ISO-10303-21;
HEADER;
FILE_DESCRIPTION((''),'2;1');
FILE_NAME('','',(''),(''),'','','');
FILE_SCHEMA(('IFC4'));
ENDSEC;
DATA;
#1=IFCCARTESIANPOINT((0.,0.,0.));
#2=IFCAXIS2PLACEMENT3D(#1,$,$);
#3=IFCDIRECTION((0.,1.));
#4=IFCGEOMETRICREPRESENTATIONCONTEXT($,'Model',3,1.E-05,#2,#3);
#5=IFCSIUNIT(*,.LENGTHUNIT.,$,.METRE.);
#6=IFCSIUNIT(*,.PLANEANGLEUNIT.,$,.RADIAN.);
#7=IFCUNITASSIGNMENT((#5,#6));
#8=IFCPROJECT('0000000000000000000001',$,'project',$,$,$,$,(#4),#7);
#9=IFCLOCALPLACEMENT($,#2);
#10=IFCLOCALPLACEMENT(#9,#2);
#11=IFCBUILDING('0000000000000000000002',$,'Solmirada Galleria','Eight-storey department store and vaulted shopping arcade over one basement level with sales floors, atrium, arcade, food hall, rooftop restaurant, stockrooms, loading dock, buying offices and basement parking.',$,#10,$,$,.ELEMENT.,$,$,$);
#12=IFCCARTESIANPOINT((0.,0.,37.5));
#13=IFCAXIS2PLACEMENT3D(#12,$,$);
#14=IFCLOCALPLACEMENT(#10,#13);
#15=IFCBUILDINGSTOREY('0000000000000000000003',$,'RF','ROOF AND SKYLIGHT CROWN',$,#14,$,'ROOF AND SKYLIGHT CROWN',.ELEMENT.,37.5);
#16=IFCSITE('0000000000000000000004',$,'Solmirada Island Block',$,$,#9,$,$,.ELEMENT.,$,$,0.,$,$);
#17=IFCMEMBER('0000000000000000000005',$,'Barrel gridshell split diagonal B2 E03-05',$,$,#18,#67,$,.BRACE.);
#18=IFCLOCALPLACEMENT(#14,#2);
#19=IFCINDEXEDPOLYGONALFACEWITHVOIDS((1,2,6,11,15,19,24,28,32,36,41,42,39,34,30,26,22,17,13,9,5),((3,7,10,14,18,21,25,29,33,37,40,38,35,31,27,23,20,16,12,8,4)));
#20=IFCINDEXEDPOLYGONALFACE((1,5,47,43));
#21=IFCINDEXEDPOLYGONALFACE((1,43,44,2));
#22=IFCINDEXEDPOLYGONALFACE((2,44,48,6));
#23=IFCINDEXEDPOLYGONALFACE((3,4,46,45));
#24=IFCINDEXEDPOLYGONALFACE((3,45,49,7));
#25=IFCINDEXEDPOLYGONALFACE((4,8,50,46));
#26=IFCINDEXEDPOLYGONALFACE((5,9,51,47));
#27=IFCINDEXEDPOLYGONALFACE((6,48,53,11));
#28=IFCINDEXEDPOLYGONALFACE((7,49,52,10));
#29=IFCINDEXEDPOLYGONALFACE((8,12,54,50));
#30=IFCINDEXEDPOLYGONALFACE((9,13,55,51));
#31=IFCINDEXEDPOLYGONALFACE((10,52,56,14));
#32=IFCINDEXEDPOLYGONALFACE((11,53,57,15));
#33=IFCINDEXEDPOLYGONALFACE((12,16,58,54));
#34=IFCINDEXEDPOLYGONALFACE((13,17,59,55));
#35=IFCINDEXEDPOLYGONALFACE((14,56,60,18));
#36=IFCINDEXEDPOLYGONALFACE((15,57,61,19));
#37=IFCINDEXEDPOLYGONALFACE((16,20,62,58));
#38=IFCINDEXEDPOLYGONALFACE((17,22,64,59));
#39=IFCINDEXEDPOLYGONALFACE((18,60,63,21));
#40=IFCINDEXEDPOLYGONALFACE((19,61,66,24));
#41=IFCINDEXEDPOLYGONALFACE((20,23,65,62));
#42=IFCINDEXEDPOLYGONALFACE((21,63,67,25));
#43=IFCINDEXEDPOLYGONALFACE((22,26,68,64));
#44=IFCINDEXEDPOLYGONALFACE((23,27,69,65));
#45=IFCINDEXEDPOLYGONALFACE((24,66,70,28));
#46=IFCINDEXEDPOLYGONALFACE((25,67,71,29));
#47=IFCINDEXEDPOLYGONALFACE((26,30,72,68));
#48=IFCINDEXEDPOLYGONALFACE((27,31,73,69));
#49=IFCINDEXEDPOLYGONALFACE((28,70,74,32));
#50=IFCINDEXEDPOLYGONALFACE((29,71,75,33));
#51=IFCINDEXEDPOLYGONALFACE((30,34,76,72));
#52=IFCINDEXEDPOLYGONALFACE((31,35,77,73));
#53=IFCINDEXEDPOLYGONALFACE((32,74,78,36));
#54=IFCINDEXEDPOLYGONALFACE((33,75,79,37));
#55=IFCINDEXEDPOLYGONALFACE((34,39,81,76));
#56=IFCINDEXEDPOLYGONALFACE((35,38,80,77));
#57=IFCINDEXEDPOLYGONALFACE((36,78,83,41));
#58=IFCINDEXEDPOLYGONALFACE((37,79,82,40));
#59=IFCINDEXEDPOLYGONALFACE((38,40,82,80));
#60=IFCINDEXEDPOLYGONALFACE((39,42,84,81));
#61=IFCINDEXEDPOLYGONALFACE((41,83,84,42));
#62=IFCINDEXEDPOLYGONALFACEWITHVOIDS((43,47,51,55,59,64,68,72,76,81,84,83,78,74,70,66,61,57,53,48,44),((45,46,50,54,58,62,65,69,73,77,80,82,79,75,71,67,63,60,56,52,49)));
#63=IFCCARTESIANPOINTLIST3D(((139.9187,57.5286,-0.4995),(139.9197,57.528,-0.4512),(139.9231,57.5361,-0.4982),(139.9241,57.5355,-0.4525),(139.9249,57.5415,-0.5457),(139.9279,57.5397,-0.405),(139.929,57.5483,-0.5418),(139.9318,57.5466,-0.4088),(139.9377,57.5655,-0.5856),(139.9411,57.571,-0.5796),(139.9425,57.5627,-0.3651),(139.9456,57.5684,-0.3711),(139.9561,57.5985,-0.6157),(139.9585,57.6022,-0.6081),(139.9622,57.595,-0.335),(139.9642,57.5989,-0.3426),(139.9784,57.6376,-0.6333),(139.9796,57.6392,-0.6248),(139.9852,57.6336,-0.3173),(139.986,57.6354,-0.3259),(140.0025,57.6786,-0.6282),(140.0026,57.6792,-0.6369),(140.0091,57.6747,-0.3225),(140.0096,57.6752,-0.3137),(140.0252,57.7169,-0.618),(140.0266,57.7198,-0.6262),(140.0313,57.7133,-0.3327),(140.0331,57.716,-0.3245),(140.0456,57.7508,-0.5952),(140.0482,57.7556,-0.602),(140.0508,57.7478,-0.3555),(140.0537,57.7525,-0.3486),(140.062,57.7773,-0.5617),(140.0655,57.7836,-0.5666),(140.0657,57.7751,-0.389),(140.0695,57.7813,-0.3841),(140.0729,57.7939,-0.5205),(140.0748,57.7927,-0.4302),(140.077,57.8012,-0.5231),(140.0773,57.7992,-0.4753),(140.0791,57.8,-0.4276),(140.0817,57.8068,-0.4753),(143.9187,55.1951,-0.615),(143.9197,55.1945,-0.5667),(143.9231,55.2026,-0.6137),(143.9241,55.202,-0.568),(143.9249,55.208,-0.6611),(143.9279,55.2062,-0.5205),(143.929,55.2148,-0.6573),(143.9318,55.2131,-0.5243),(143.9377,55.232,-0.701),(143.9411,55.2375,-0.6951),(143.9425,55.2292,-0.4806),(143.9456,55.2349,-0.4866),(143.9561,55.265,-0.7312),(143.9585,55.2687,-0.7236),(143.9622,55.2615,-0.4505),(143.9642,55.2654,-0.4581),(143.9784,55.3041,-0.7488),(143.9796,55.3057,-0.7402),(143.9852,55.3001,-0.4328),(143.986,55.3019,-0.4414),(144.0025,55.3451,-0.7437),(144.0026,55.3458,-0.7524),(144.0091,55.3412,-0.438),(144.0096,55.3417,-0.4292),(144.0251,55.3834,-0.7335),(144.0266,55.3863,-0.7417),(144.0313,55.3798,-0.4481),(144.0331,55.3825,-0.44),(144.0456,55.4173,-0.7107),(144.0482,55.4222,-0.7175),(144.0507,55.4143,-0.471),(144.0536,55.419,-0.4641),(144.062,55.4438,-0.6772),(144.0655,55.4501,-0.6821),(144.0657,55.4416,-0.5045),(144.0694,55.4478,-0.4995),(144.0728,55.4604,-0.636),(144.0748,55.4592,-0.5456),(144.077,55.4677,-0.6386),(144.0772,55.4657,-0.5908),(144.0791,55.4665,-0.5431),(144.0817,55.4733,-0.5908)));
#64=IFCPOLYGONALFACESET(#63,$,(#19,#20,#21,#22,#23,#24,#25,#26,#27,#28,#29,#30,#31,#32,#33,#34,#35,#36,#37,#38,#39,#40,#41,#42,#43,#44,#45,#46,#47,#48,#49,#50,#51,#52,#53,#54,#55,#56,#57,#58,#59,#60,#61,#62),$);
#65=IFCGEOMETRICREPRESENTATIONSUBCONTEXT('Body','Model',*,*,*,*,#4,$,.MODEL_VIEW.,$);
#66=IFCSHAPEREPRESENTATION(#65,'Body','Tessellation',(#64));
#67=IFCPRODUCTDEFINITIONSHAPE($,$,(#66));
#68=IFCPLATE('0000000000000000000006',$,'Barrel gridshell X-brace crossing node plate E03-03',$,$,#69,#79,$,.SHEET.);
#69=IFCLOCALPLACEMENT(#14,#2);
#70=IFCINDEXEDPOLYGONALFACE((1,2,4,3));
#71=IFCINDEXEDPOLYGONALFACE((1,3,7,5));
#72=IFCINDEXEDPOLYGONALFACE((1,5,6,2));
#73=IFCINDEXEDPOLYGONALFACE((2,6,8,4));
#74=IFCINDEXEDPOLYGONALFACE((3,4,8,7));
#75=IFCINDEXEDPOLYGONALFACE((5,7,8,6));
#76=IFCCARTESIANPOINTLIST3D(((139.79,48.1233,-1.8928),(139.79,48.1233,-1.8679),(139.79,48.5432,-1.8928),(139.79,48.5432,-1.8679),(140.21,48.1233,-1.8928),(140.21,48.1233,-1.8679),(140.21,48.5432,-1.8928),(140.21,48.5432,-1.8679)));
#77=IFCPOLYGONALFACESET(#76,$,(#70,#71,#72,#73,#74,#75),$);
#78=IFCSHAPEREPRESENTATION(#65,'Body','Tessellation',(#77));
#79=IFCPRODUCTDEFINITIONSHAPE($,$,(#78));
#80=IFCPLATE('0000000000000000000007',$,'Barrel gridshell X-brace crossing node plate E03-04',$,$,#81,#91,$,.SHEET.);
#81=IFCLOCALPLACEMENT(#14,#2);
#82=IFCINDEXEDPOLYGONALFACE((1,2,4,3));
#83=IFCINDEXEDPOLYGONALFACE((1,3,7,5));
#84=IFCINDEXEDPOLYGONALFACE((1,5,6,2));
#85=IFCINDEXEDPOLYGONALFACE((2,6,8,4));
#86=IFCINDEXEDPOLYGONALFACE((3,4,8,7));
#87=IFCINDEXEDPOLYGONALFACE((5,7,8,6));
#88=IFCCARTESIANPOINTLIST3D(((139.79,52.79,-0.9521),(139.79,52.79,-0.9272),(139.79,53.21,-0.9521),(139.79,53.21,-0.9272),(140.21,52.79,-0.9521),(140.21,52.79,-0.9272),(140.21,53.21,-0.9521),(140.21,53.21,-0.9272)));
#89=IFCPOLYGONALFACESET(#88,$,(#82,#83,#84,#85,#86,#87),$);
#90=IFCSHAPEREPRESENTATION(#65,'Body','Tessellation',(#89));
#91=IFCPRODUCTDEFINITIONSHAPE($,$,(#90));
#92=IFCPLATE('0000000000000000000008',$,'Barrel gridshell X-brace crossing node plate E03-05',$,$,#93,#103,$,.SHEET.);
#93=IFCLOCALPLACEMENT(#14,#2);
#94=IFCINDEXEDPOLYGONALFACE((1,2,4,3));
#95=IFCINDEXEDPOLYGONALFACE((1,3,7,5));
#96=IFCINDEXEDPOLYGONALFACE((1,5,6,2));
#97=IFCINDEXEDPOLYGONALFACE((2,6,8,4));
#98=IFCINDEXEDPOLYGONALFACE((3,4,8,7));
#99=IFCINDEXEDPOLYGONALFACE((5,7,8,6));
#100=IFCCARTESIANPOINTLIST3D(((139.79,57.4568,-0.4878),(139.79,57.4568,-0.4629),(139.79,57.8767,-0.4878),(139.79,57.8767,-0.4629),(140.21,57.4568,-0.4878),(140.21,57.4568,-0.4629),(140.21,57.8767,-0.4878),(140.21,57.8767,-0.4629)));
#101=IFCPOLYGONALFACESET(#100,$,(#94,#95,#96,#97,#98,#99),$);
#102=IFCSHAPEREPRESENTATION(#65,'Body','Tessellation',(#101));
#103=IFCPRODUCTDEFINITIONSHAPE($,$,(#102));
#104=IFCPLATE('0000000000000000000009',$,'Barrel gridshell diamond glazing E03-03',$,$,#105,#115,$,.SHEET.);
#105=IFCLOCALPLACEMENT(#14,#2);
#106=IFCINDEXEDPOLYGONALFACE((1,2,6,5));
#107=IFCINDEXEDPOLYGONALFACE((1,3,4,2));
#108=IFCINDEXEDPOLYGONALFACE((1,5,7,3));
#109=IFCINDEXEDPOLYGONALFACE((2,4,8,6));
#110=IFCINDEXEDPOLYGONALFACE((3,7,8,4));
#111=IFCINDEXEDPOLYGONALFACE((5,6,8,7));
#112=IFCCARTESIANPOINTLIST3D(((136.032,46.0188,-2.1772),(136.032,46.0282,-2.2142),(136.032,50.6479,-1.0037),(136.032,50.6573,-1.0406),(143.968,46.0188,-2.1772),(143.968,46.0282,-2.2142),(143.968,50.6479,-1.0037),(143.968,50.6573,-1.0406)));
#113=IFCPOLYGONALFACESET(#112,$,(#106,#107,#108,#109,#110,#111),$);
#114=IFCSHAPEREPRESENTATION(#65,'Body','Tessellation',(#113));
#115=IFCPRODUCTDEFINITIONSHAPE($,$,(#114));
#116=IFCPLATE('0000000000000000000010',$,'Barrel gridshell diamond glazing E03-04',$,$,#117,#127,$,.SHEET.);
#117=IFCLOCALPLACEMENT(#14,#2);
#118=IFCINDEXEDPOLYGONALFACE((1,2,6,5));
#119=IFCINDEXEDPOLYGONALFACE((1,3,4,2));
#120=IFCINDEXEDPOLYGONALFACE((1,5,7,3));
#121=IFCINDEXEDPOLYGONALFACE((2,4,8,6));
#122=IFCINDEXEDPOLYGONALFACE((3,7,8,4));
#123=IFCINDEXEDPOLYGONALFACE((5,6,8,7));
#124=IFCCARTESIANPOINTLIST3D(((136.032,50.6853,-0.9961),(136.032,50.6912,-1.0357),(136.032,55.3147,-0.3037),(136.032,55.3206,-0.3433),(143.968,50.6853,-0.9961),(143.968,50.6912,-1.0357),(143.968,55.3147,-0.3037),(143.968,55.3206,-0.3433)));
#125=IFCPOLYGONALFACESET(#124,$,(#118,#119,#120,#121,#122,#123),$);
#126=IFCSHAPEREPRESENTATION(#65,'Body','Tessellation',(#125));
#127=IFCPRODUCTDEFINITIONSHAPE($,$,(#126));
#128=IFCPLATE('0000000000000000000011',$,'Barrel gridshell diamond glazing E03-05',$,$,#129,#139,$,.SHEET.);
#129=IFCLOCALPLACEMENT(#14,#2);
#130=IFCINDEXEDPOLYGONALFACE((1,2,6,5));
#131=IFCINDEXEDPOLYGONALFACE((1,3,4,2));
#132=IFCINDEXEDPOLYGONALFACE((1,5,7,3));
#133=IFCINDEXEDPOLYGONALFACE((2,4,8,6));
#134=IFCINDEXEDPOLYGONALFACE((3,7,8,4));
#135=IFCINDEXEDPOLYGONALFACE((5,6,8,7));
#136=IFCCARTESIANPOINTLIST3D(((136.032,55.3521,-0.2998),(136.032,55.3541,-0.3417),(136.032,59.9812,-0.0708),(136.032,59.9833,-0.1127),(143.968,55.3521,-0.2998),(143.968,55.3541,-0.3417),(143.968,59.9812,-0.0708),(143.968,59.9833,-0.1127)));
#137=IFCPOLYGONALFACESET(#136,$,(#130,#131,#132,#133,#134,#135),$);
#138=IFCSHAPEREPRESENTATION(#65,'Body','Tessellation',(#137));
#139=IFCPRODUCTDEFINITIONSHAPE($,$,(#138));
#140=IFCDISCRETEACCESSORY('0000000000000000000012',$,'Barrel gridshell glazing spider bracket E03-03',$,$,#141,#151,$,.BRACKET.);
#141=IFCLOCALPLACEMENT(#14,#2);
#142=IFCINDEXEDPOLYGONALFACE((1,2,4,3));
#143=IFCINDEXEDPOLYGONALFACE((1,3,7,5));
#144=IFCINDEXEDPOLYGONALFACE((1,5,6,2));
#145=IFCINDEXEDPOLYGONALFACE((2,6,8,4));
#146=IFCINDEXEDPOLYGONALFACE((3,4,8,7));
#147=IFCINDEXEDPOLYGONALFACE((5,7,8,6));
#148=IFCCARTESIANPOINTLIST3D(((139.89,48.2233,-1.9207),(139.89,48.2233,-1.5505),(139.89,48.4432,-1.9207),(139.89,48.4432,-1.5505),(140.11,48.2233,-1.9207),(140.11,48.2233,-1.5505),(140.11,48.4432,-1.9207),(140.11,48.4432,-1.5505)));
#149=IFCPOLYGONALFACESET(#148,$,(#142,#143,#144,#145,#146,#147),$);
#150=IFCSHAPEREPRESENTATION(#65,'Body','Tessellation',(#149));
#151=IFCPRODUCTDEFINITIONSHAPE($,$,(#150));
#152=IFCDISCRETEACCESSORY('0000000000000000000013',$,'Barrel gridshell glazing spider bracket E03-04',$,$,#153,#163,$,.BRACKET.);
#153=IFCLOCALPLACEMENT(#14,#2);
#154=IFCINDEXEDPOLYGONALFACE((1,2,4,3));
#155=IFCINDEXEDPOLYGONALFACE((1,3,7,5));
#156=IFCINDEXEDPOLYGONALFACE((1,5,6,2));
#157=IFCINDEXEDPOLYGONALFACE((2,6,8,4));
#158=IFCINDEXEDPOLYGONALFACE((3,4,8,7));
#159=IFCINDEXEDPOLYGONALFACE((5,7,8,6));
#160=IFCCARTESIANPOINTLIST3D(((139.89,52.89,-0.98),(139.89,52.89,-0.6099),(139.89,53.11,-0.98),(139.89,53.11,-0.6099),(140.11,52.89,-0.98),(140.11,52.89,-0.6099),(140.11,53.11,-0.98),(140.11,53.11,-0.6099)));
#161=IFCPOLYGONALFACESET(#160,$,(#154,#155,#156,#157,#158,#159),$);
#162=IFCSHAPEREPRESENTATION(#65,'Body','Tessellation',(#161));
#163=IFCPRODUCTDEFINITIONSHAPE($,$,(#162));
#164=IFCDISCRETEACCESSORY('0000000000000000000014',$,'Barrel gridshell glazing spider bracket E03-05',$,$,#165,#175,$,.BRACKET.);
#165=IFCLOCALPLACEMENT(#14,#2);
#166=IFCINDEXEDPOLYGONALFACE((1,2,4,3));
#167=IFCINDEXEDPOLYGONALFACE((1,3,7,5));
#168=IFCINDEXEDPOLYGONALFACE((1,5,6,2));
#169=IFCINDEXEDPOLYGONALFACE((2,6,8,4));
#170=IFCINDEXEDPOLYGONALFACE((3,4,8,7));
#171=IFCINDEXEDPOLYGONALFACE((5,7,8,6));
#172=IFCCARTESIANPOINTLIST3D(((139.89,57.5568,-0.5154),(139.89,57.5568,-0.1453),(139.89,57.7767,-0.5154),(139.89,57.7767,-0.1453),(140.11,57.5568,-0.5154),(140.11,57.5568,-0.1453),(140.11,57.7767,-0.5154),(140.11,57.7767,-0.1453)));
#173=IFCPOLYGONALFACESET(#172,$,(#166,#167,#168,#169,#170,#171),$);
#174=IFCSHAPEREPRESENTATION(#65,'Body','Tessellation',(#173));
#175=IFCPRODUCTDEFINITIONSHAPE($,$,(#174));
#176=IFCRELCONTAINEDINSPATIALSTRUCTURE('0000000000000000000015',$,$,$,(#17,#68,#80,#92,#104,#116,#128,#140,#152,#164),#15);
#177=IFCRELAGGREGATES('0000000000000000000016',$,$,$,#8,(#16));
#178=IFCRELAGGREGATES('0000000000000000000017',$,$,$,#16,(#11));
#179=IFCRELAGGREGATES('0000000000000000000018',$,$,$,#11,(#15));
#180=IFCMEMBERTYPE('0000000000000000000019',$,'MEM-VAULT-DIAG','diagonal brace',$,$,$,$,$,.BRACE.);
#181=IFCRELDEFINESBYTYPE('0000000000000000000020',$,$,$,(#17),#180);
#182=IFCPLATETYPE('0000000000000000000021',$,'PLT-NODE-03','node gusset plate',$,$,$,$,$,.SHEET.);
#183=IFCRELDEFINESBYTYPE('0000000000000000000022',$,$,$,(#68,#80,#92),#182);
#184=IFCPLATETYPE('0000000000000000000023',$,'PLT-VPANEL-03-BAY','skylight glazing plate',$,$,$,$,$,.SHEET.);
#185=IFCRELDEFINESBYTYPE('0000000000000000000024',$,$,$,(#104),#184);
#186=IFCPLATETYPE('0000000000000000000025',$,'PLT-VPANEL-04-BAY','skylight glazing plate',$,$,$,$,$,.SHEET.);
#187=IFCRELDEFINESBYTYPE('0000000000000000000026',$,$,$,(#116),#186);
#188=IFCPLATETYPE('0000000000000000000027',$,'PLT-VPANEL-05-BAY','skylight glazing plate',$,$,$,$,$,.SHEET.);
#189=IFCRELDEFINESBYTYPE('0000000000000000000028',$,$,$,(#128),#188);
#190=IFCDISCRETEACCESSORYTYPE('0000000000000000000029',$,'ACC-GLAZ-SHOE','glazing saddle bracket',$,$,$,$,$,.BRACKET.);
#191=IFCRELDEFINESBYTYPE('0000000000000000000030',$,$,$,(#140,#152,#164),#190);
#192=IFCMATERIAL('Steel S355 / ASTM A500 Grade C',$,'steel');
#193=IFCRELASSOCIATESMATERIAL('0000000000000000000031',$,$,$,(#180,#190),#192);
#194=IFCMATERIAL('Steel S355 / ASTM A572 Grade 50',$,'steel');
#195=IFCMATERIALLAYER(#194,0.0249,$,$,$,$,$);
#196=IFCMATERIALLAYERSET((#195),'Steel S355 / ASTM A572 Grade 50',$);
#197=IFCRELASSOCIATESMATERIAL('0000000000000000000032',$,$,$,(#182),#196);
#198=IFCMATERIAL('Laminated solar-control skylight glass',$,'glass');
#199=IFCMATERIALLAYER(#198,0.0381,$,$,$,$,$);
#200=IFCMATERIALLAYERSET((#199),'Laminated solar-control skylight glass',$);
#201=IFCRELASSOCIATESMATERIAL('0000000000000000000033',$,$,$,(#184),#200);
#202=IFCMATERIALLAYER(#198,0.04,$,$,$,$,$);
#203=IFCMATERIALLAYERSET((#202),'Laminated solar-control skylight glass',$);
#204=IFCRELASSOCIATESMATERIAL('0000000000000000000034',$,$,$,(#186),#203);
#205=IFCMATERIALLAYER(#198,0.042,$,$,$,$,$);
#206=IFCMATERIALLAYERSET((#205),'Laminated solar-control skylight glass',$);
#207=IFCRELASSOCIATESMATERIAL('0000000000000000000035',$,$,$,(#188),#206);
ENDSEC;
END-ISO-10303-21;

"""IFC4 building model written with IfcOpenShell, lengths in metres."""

from ifc_helpers import new_model, si_unit, direction, frame, origin, origin_2d, place, context, subcontext, project, spatial, polyline, rectangle, hollow_circle, outline, extrude, material, layer, layer_set, material_profile, profile_set, type_object, element, save


model = new_model("IFC4")

# Units and contexts
model_context = context("Model", 3, precision=1e-05, world=origin(), true_north=direction((0.0, 1.0)))
body_context = subcontext(model_context, "Body", "Model", "MODEL_VIEW")
ifc_project = project(units=[si_unit("LENGTHUNIT", "METRE"), si_unit("PLANEANGLEUNIT", "RADIAN")], contexts=[model_context])

# Site, building, storey
site_placement = place(None, origin())
site = spatial("IfcSite", under=ifc_project, at=site_placement, Name="Solmirada Island Block", CompositionType="ELEMENT", RefElevation=0.0)
building_placement = place(site_placement, origin())
building = spatial("IfcBuilding", under=site, at=building_placement, Name="Solmirada Galleria", Description="Eight-storey department store and vaulted shopping arcade over one basement level with sales floors, atrium, arcade, food hall, rooftop restaurant, stockrooms, loading dock, buying offices and basement parking.", CompositionType="ELEMENT")
storey_placement = place(building_placement, frame((0.0, 0.0, 37.5)))
storey = spatial("IfcBuildingStorey", under=building, at=storey_placement, Name="RF", Description="ROOF AND SKYLIGHT CROWN", LongName="ROOF AND SKYLIGHT CROWN", CompositionType="ELEMENT", Elevation=37.5)

# Member
ifc_material_1 = material(Name="Steel S355 / ASTM A500 Grade C", Category="steel")
ifc_material_profile_1 = material_profile(ifc_material_1, hollow_circle(Radius=0.1621, WallThickness=0.0088, at=origin_2d()), Name="HSS12.750X0.375")
ifc_profile_set_1 = profile_set([ifc_material_profile_1], Name="Steel S355 / ASTM A500 Grade C")
member_type_1 = type_object("IfcMemberType", Name="MEM-VAULT-DIAG", Description="diagonal brace", PredefinedType="BRACE", material=ifc_profile_set_1)
member_1_placement = place(storey_placement, frame((140.0, 57.6667, -0.4753), z_axis=(0.863495, -0.503741, -0.024929), x_axis=(0.503897, 0.863764, 0.0)))
element("IfcMember", 1, at=member_1_placement, inside=storey, type_object=member_type_1, Name="Barrel gridshell split diagonal B2 E03-05", PredefinedType="BRACE", context=body_context, shape_type="SweptSolid", body=[
    extrude(hollow_circle(Radius=0.1621, WallThickness=0.0088, at=origin_2d()), origin(), (0.0, 0.0, 1.0), 4.6323),
])

# Plates
ifc_material_2 = material(Name="Steel S355 / ASTM A572 Grade 50", Category="steel")
ifc_layer_1 = layer(ifc_material_2, 0.0249)
ifc_layer_set_1 = layer_set([ifc_layer_1], Name="Steel S355 / ASTM A572 Grade 50")
plate_type_1 = type_object("IfcPlateType", Name="PLT-NODE-03", Description="node gusset plate", PredefinedType="SHEET", material=ifc_layer_set_1)
for number, where, z_axis, x_axis, name in (
    (2, (140.0, 48.3333, -1.8928), (0.0, 0.0, 1.0), (1.0, 0.0, 0.0), "Barrel gridshell X-brace crossing node plate E03-03"),
    (3, (140.0, 53.0, -0.9521), (0.0, 0.0, 1.0), (1.0, 0.0, 0.0), "Barrel gridshell X-brace crossing node plate E03-04"),
    (4, (140.0, 57.6667, -0.4878), (0.0, 0.0, 1.0), (1.0, 0.0, 0.0), "Barrel gridshell X-brace crossing node plate E03-05"),
):
    element("IfcPlate", number, at=place(storey_placement, frame(where, z_axis=z_axis, x_axis=x_axis)), inside=storey, type_object=plate_type_1, Name=name, PredefinedType="SHEET", context=body_context, shape_type="SweptSolid", body=[
        extrude(rectangle(XDim=0.4199, YDim=0.4199, at=origin_2d()), origin(), (0.0, 0.0, 1.0), 0.0249),
    ])
ifc_material_3 = material(Name="Laminated solar-control skylight glass", Category="glass")
ifc_layer_2 = layer(ifc_material_3, 0.0381)
ifc_layer_set_2 = layer_set([ifc_layer_2], Name="Laminated solar-control skylight glass")
plate_type_2 = type_object("IfcPlateType", Name="PLT-VPANEL-03-BAY", Description="skylight glazing plate", PredefinedType="SHEET", material=ifc_layer_set_2)
plate_1_placement = place(storey_placement, frame((136.032, 46.0188, -2.1772), z_axis=(0.0, -0.245746, 0.969334), x_axis=(1.0, 0.0, 0.0)))
element("IfcPlate", 5, at=plate_1_placement, inside=storey, type_object=plate_type_2, Name="Barrel gridshell diamond glazing E03-03", PredefinedType="SHEET", context=body_context, shape_type="SweptSolid", body=[
    extrude(outline(polyline([(0.0, 0.0), (7.936, 0.0), (7.936, 4.7756), (0.0, 4.7756), (0.0, 0.0)])), origin(), (0.0, 0.0, -1.0), 0.0381),
])
ifc_layer_3 = layer(ifc_material_3, 0.04)
ifc_layer_set_3 = layer_set([ifc_layer_3], Name="Laminated solar-control skylight glass")
plate_type_3 = type_object("IfcPlateType", Name="PLT-VPANEL-04-BAY", Description="skylight glazing plate", PredefinedType="SHEET", material=ifc_layer_set_3)
plate_2_placement = place(storey_placement, frame((136.032, 50.6853, -0.9961), z_axis=(0.0, -0.147917, 0.989), x_axis=(1.0, 0.0, 0.0)))
element("IfcPlate", 6, at=plate_2_placement, inside=storey, type_object=plate_type_3, Name="Barrel gridshell diamond glazing E03-04", PredefinedType="SHEET", context=body_context, shape_type="SweptSolid", body=[
    extrude(outline(polyline([(0.0, 0.0), (7.936, 0.0), (7.936, 4.6809), (0.0, 4.6809), (0.0, 0.0)])), origin(), (0.0, 0.0, -1.0), 0.04),
])
ifc_layer_4 = layer(ifc_material_3, 0.042)
ifc_layer_set_4 = layer_set([ifc_layer_4], Name="Laminated solar-control skylight glass")
plate_type_4 = type_object("IfcPlateType", Name="PLT-VPANEL-05-BAY", Description="skylight glazing plate", PredefinedType="SHEET", material=ifc_layer_set_4)
plate_3_placement = place(storey_placement, frame((136.032, 55.3521, -0.2998), z_axis=(0.0, -0.04941, 0.998779), x_axis=(1.0, 0.0, 0.0)))
element("IfcPlate", 7, at=plate_3_placement, inside=storey, type_object=plate_type_4, Name="Barrel gridshell diamond glazing E03-05", PredefinedType="SHEET", context=body_context, shape_type="SweptSolid", body=[
    extrude(outline(polyline([(0.0, 0.0), (7.936, 0.0), (7.936, 4.6348), (0.0, 4.6348), (0.0, 0.0)])), origin(), (0.0, 0.0, -1.0), 0.042),
])

# Discrete accessories
discrete_accessory_type = type_object("IfcDiscreteAccessoryType", Name="ACC-GLAZ-SHOE", Description="glazing saddle bracket", PredefinedType="BRACKET", material=ifc_material_1)
for number, where, z_axis, x_axis, name in (
    (8, (140.0, 48.3333, -1.9207), (0.0, 0.0, 1.0), (1.0, 0.0, 0.0), "Barrel gridshell glazing spider bracket E03-03"),
    (9, (140.0, 53.0, -0.98), (0.0, 0.0, 1.0), (1.0, 0.0, 0.0), "Barrel gridshell glazing spider bracket E03-04"),
    (10, (140.0, 57.6667, -0.5154), (0.0, 0.0, 1.0), (1.0, 0.0, 0.0), "Barrel gridshell glazing spider bracket E03-05"),
):
    element("IfcDiscreteAccessory", number, at=place(storey_placement, frame(where, z_axis=z_axis, x_axis=x_axis)), inside=storey, type_object=discrete_accessory_type, Name=name, PredefinedType="BRACKET", context=body_context, shape_type="SweptSolid", body=[
        extrude(rectangle(XDim=0.22, YDim=0.22, at=origin_2d()), origin(), (0.0, 0.0, 1.0), 0.3701),
    ])

save(model, "model.ifc")
